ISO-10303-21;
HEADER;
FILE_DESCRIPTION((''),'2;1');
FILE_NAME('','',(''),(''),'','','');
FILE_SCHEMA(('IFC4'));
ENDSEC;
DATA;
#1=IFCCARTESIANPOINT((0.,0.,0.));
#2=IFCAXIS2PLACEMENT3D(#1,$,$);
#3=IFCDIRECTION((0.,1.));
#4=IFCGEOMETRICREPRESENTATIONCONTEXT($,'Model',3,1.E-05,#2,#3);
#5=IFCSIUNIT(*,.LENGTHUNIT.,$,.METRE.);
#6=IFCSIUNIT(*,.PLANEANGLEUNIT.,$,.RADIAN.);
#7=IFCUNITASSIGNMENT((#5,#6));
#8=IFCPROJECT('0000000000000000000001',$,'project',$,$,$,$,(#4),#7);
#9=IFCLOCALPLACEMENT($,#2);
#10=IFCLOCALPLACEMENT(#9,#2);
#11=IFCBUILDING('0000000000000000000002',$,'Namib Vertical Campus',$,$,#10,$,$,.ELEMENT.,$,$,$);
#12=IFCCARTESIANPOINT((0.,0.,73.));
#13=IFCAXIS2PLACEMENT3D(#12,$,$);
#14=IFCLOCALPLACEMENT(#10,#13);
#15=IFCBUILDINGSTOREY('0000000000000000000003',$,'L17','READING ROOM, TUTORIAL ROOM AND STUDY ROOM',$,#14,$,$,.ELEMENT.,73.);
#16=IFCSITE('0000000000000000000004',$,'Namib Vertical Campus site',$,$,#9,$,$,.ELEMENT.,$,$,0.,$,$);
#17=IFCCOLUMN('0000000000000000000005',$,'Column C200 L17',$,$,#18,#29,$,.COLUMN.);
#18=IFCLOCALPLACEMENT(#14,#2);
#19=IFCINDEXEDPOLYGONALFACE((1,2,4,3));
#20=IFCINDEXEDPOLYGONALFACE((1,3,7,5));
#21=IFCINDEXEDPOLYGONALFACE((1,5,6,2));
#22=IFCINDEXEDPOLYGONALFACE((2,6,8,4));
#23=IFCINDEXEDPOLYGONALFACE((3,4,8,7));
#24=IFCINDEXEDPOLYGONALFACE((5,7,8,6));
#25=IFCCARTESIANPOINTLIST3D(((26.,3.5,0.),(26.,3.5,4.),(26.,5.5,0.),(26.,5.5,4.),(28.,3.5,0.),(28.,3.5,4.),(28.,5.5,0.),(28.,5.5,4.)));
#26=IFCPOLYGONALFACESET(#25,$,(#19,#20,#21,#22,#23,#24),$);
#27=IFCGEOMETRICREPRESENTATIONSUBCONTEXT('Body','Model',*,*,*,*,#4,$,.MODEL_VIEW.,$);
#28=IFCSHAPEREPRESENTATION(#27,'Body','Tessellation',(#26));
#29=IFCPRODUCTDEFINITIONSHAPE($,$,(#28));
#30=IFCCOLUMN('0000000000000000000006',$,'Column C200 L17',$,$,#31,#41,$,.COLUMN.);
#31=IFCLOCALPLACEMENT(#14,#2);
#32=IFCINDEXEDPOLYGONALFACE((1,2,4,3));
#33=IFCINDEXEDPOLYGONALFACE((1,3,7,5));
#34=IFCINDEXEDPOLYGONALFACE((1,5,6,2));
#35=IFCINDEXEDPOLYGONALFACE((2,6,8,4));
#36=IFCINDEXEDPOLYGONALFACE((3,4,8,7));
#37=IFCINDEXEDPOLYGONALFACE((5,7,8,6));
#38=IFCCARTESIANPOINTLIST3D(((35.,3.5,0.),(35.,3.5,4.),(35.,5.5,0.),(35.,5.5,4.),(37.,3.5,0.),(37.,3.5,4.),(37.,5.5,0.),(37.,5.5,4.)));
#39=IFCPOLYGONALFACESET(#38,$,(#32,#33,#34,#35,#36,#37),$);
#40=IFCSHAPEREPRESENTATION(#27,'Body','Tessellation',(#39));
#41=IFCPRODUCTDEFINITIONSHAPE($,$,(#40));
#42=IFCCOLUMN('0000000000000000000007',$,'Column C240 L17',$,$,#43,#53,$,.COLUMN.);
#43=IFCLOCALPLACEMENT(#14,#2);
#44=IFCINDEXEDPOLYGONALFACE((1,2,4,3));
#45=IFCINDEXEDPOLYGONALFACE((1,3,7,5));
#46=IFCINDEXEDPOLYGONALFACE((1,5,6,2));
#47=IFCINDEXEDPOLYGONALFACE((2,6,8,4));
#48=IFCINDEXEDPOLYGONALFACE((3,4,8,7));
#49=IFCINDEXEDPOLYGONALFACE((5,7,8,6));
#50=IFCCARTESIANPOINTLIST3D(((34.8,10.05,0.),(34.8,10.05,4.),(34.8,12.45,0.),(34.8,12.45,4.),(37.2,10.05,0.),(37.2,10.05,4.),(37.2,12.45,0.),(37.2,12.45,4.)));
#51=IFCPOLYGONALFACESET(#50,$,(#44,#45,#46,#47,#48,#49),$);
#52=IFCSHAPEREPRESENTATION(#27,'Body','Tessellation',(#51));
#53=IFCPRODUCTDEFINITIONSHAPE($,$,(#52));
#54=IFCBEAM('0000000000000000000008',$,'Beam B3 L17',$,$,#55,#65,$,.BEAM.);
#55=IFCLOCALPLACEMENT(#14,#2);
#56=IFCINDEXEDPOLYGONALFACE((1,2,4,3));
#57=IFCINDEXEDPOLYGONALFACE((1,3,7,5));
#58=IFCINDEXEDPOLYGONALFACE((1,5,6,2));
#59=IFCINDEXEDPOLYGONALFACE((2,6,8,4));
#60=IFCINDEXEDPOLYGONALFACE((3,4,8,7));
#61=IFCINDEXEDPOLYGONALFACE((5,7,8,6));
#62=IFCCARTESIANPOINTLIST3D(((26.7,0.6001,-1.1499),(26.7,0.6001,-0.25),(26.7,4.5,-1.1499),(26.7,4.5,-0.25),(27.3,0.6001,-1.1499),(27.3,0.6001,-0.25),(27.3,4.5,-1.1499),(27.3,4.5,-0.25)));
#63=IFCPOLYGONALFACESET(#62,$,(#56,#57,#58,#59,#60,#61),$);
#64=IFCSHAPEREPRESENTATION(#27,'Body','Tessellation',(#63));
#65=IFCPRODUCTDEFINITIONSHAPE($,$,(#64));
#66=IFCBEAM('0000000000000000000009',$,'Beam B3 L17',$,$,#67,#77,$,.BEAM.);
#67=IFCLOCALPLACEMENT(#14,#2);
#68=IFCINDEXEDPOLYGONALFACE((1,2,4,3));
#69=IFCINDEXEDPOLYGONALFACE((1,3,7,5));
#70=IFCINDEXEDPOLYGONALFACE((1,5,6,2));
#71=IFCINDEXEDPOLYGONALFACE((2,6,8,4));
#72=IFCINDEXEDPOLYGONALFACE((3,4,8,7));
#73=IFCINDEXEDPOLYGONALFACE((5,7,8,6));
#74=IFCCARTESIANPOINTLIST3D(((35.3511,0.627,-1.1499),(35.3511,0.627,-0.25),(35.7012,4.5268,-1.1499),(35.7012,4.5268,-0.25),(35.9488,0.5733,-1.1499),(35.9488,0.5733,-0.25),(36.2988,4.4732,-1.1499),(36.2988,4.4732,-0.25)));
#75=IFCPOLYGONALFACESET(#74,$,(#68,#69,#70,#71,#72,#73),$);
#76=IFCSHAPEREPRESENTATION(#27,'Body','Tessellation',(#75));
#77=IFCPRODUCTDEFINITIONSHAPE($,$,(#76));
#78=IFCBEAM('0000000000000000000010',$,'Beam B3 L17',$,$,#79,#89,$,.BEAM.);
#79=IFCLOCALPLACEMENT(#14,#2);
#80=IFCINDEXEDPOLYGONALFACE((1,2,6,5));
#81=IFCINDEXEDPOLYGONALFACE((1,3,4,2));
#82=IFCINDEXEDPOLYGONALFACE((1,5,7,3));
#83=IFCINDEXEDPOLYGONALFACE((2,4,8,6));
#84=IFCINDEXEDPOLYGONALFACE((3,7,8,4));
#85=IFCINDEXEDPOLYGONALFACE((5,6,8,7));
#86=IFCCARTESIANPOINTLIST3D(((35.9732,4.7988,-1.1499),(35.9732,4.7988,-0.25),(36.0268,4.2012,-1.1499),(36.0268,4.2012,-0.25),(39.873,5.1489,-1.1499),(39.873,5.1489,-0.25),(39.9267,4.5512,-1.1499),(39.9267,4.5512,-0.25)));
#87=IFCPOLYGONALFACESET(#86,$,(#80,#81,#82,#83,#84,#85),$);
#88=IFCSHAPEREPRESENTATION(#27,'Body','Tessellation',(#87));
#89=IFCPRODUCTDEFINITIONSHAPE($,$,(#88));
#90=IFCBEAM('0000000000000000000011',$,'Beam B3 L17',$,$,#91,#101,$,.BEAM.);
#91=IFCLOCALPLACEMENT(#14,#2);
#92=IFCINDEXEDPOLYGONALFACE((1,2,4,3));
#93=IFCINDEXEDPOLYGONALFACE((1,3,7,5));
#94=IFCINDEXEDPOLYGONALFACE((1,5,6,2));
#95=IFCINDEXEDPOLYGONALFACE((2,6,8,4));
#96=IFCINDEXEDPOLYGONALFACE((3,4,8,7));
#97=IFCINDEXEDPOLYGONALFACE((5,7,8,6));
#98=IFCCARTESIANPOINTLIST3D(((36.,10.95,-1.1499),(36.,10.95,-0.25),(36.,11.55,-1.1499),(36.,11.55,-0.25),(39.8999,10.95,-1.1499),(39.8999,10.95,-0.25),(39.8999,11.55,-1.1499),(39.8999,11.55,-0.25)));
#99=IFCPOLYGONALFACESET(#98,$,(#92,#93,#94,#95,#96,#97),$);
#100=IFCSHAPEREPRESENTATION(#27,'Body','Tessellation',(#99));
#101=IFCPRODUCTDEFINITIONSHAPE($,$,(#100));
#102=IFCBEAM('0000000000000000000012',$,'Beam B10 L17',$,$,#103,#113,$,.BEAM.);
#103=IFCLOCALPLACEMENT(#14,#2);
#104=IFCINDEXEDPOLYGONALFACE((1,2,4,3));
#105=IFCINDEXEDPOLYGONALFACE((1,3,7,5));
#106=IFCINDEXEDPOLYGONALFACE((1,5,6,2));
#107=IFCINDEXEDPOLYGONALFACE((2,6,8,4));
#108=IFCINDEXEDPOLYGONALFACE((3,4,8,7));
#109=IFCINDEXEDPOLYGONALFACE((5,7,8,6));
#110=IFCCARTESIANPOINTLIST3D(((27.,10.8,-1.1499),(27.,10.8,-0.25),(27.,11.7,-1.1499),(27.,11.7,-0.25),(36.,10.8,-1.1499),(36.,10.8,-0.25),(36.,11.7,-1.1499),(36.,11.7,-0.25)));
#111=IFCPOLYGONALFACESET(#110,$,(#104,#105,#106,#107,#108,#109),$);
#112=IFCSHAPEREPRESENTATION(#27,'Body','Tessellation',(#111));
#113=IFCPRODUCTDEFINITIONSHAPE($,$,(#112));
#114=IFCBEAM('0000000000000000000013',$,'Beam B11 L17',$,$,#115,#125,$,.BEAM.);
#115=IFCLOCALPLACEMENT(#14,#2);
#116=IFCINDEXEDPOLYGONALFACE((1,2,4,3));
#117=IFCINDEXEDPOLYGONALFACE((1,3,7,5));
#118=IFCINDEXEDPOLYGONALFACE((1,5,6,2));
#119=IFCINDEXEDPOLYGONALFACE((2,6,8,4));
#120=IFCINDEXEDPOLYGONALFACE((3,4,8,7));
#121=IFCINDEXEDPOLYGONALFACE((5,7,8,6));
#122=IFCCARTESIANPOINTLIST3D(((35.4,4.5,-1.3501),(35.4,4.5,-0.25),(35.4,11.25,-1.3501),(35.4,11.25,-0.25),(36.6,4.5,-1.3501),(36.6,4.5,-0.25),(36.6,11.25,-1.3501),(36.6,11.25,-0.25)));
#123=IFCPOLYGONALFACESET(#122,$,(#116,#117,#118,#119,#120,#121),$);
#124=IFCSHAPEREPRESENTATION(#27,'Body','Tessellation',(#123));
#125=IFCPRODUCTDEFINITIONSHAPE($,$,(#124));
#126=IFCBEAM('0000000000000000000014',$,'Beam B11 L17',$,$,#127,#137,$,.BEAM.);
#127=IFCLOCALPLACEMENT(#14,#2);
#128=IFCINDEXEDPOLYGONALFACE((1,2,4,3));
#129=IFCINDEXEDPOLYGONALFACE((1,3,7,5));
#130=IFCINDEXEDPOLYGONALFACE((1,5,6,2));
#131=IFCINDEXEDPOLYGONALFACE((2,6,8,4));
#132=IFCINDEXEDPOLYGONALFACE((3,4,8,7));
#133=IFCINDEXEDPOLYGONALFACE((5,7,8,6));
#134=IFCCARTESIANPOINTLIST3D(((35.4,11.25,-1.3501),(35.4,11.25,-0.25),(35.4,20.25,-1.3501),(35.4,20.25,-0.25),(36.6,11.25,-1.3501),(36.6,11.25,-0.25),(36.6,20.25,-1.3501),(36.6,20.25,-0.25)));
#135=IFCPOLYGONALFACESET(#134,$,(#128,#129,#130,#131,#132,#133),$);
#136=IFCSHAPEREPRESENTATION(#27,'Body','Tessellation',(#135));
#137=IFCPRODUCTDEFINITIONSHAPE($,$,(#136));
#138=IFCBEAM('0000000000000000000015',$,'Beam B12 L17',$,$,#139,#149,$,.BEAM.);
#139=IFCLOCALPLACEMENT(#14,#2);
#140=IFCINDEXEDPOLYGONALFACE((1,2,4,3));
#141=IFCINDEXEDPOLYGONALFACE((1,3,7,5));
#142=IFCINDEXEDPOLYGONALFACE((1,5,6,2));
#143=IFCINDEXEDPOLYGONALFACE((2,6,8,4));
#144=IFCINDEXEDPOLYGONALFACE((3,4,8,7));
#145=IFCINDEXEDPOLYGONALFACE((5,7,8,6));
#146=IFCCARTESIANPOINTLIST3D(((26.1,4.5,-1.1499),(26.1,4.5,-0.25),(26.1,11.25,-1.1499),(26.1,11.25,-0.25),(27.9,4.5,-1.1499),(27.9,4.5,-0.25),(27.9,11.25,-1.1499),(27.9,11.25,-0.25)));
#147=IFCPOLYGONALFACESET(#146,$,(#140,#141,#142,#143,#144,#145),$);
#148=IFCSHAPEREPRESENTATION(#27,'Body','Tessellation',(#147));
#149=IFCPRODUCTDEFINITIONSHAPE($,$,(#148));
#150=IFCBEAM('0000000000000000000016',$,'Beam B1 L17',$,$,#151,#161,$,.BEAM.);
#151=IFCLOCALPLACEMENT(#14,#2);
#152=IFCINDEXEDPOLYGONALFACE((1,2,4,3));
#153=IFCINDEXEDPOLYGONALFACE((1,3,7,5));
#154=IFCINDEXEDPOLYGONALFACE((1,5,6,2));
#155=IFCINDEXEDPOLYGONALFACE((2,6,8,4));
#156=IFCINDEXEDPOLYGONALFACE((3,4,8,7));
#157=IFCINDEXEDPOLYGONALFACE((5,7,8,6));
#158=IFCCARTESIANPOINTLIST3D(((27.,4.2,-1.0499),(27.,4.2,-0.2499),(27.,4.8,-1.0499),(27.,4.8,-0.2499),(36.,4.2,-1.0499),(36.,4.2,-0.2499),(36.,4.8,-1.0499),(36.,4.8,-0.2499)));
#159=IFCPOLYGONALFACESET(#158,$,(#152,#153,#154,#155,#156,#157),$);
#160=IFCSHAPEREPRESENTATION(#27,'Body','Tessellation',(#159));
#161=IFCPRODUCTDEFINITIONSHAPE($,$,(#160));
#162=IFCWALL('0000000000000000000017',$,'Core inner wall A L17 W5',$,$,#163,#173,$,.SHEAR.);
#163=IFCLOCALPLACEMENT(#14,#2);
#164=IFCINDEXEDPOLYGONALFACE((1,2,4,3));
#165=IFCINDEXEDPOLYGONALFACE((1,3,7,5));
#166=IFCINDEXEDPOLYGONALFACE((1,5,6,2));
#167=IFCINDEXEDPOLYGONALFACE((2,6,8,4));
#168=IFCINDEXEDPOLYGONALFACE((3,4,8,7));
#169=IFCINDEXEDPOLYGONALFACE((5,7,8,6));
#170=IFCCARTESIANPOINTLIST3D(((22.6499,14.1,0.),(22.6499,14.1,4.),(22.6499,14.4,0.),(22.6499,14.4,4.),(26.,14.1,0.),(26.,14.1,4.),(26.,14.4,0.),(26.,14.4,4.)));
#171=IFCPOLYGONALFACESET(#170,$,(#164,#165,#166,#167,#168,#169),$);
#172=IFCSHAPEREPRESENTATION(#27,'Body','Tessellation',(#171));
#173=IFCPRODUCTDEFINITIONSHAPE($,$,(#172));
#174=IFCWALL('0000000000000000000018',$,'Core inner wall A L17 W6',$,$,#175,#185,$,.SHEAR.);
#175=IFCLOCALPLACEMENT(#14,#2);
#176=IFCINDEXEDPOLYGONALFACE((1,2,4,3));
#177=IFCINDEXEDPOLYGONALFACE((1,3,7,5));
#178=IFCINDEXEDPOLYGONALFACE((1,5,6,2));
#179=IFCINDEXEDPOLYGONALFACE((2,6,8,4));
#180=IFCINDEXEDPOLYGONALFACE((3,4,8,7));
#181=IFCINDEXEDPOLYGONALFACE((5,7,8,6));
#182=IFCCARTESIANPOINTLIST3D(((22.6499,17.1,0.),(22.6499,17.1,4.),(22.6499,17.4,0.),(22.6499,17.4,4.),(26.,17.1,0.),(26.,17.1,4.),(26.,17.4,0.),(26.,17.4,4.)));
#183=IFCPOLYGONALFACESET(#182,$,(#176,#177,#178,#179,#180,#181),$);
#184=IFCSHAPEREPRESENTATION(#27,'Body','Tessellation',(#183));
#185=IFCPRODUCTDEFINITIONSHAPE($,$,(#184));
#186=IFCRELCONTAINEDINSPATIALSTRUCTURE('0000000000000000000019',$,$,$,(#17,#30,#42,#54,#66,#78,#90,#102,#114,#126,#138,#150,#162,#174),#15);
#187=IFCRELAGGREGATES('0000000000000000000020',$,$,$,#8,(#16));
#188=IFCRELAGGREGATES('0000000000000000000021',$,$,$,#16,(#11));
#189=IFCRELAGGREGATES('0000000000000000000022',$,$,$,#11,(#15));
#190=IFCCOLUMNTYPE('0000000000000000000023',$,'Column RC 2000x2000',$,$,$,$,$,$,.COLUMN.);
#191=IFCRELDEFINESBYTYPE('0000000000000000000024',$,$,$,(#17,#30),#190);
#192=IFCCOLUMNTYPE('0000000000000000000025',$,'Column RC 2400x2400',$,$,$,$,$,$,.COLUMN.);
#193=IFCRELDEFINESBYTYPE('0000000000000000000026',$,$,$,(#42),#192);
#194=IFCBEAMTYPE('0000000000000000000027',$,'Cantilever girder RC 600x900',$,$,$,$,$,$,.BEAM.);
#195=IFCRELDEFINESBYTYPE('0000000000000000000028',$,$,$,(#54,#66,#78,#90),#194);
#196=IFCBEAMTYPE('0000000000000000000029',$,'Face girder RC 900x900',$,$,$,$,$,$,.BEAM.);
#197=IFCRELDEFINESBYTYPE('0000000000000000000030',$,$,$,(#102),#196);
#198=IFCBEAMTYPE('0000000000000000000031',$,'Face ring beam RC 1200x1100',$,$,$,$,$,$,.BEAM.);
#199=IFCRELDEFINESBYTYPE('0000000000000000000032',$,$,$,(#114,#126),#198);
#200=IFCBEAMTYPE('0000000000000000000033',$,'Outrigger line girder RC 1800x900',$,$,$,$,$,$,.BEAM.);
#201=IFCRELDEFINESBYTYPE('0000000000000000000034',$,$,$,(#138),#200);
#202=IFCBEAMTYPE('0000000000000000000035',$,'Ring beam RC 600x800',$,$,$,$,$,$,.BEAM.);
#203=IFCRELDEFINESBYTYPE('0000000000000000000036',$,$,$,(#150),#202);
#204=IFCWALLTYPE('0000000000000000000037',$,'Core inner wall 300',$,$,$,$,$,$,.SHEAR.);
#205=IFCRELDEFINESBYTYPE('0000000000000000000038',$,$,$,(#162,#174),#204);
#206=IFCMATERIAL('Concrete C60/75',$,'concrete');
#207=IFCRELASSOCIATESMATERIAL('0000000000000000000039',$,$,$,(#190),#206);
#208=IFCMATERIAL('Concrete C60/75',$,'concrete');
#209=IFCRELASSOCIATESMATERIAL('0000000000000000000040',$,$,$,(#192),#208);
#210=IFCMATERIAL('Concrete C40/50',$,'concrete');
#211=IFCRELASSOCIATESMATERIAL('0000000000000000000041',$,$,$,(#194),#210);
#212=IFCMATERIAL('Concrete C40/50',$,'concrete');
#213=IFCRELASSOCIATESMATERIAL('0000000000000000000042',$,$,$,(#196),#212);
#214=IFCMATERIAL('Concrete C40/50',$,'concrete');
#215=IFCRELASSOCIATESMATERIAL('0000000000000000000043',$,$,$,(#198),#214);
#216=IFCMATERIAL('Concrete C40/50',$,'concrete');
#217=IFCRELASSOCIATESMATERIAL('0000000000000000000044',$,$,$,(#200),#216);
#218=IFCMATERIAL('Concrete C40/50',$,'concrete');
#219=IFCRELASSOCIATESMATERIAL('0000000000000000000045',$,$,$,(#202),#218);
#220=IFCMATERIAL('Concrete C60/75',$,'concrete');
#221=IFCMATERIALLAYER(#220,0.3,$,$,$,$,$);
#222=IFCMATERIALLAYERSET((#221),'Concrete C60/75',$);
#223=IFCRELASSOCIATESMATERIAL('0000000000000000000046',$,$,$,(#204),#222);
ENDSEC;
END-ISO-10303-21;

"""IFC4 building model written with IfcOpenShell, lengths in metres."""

from ifc_helpers import new_model, si_unit, direction, frame, frame_2d, origin, origin_2d, place, context, subcontext, project, spatial, rectangle, extrude, material, layer, layer_set, material_profile, profile_set, type_object, element, save


model = new_model("IFC4")

# Units and contexts
model_context = context("Model", 3, precision=1e-05, world=origin(), true_north=direction((0.0, 1.0)))
body_context = subcontext(model_context, "Body", "Model", "MODEL_VIEW")
ifc_project = project(units=[si_unit("LENGTHUNIT", "METRE"), si_unit("PLANEANGLEUNIT", "RADIAN")], contexts=[model_context])

# Site, building, storey
site_placement = place(None, origin())
site = spatial("IfcSite", under=ifc_project, at=site_placement, Name="Namib Vertical Campus site", CompositionType="ELEMENT", RefElevation=0.0)
building_placement = place(site_placement, origin())
building = spatial("IfcBuilding", under=site, at=building_placement, Name="Namib Vertical Campus", CompositionType="ELEMENT")
storey_placement = place(building_placement, frame((0.0, 0.0, 73.0)))
storey = spatial("IfcBuildingStorey", under=building, at=storey_placement, Name="L17", Description="READING ROOM, TUTORIAL ROOM AND STUDY ROOM", CompositionType="ELEMENT", Elevation=73.0)

# Columns
ifc_material_1 = material(Name="Concrete C60/75", Category="concrete")
ifc_material_profile_1 = material_profile(ifc_material_1, rectangle(XDim=2.0, YDim=2.0, at=origin_2d()))
ifc_profile_set_1 = profile_set([ifc_material_profile_1], Name="Concrete C60/75")
column_type_1 = type_object("IfcColumnType", Name="Column RC 2000x2000", PredefinedType="COLUMN", material=ifc_profile_set_1)
for number, where, z_axis, x_axis, name in (
    (1, (27.0, 4.5, 0.0), (0.0, 0.0, 1.0), (1.0, 0.0, 0.0), "Column C200 L17"),
    (2, (36.0, 4.5, 0.0), (0.0, 0.0, 1.0), (1.0, 0.0, 0.0), "Column C200 L17"),
):
    element("IfcColumn", number, at=place(storey_placement, frame(where, z_axis=z_axis, x_axis=x_axis)), inside=storey, type_object=column_type_1, Name=name, PredefinedType="COLUMN", context=body_context, shape_type="SweptSolid", body=[
        extrude(rectangle(XDim=2.0, YDim=2.0, at=origin_2d()), origin(), (0.0, 0.0, 1.0), 4.0),
    ])
ifc_material_2 = material(Name="Concrete C60/75", Category="concrete")
ifc_material_profile_2 = material_profile(ifc_material_2, rectangle(XDim=2.3999, YDim=2.3999, at=origin_2d()))
ifc_profile_set_2 = profile_set([ifc_material_profile_2], Name="Concrete C60/75")
column_type_2 = type_object("IfcColumnType", Name="Column RC 2400x2400", PredefinedType="COLUMN", material=ifc_profile_set_2)
column_placement = place(storey_placement, frame((36.0, 11.25, 0.0), z_axis=(0.0, 0.0, 1.0), x_axis=(1.0, 0.0, 0.0)))
element("IfcColumn", 3, at=column_placement, inside=storey, type_object=column_type_2, Name="Column C240 L17", PredefinedType="COLUMN", context=body_context, shape_type="SweptSolid", body=[
    extrude(rectangle(XDim=2.3999, YDim=2.3999, at=origin_2d()), origin(), (0.0, 0.0, 1.0), 4.0),
])

# Beams
ifc_material_3 = material(Name="Concrete C40/50", Category="concrete")
ifc_material_profile_3 = material_profile(ifc_material_3, rectangle(XDim=0.6001, YDim=0.8999, at=origin_2d()))
ifc_profile_set_3 = profile_set([ifc_material_profile_3], Name="Concrete C40/50")
beam_type_1 = type_object("IfcBeamType", Name="Cantilever girder RC 600x900", PredefinedType="BEAM", material=ifc_profile_set_3)
beam_1_placement = place(storey_placement, frame((27.0, 4.5, -0.7), z_axis=(0.0, -1.0, 0.0), x_axis=(1.0, 0.0, 0.0)))
element("IfcBeam", 4, at=beam_1_placement, inside=storey, type_object=beam_type_1, Name="Beam B3 L17", PredefinedType="BEAM", context=body_context, shape_type="SweptSolid", body=[
    extrude(rectangle(XDim=0.6001, YDim=0.8999, at=origin_2d()), origin(), (0.0, 0.0, 1.0), 3.8999),
])
for number, where, z_axis, x_axis, name in (
    (5, (36.0, 4.5, -0.7), (-0.089411, -0.995995, 0.0), (0.995995, -0.089411, 0.0), "Beam B3 L17"),
    (6, (36.0, 4.5, -0.7), (0.995995, 0.089411, 0.0), (-0.089411, 0.995995, 0.0), "Beam B3 L17"),
):
    element("IfcBeam", number, at=place(storey_placement, frame(where, z_axis=z_axis, x_axis=x_axis)), inside=storey, type_object=beam_type_1, Name=name, PredefinedType="BEAM", context=body_context, shape_type="SweptSolid", body=[
        extrude(rectangle(XDim=0.6001, YDim=0.8999, at=origin_2d()), origin(), (0.0, 0.0, 1.0), 3.9155),
    ])
beam_2_placement = place(storey_placement, frame((36.0, 11.25, -0.7), z_axis=(1.0, 0.0, 0.0), x_axis=(0.0, 1.0, 0.0)))
element("IfcBeam", 7, at=beam_2_placement, inside=storey, type_object=beam_type_1, Name="Beam B3 L17", PredefinedType="BEAM", context=body_context, shape_type="SweptSolid", body=[
    extrude(rectangle(XDim=0.6001, YDim=0.8999, at=origin_2d()), origin(), (0.0, 0.0, 1.0), 3.8999),
])
ifc_material_4 = material(Name="Concrete C40/50", Category="concrete")
ifc_material_profile_4 = material_profile(ifc_material_4, rectangle(XDim=0.8999, YDim=0.8999, at=origin_2d()))
ifc_profile_set_4 = profile_set([ifc_material_profile_4], Name="Concrete C40/50")
beam_type_2 = type_object("IfcBeamType", Name="Face girder RC 900x900", PredefinedType="BEAM", material=ifc_profile_set_4)
beam_3_placement = place(storey_placement, frame((36.0, 11.25, -0.7), z_axis=(-1.0, 0.0, 0.0), x_axis=(0.0, -1.0, 0.0)))
element("IfcBeam", 8, at=beam_3_placement, inside=storey, type_object=beam_type_2, Name="Beam B10 L17", PredefinedType="BEAM", context=body_context, shape_type="SweptSolid", body=[
    extrude(rectangle(XDim=0.8999, YDim=0.8999, at=origin_2d()), origin(), (0.0, 0.0, 1.0), 9.0),
])
ifc_material_5 = material(Name="Concrete C40/50", Category="concrete")
ifc_material_profile_5 = material_profile(ifc_material_5, rectangle(XDim=1.2, YDim=1.1001, at=origin_2d()))
ifc_profile_set_5 = profile_set([ifc_material_profile_5], Name="Concrete C40/50")
beam_type_3 = type_object("IfcBeamType", Name="Face ring beam RC 1200x1100", PredefinedType="BEAM", material=ifc_profile_set_5)
beam_4_placement = place(storey_placement, frame((36.0, 4.5, -0.8), z_axis=(0.0, 1.0, 0.0), x_axis=(-1.0, 0.0, 0.0)))
element("IfcBeam", 9, at=beam_4_placement, inside=storey, type_object=beam_type_3, Name="Beam B11 L17", PredefinedType="BEAM", context=body_context, shape_type="SweptSolid", body=[
    extrude(rectangle(XDim=1.2, YDim=1.1001, at=origin_2d()), origin(), (0.0, 0.0, 1.0), 6.75),
])
beam_5_placement = place(storey_placement, frame((36.0, 11.25, -0.8), z_axis=(0.0, 1.0, 0.0), x_axis=(-1.0, 0.0, 0.0)))
element("IfcBeam", 10, at=beam_5_placement, inside=storey, type_object=beam_type_3, Name="Beam B11 L17", PredefinedType="BEAM", context=body_context, shape_type="SweptSolid", body=[
    extrude(rectangle(XDim=1.2, YDim=1.1001, at=origin_2d()), origin(), (0.0, 0.0, 1.0), 9.0),
])
ifc_material_6 = material(Name="Concrete C40/50", Category="concrete")
ifc_material_profile_6 = material_profile(ifc_material_6, rectangle(XDim=1.8, YDim=0.8999, at=origin_2d()))
ifc_profile_set_6 = profile_set([ifc_material_profile_6], Name="Concrete C40/50")
beam_type_4 = type_object("IfcBeamType", Name="Outrigger line girder RC 1800x900", PredefinedType="BEAM", material=ifc_profile_set_6)
beam_6_placement = place(storey_placement, frame((27.0, 4.5, -0.7), z_axis=(0.0, 1.0, 0.0), x_axis=(-1.0, 0.0, 0.0)))
element("IfcBeam", 11, at=beam_6_placement, inside=storey, type_object=beam_type_4, Name="Beam B12 L17", PredefinedType="BEAM", context=body_context, shape_type="SweptSolid", body=[
    extrude(rectangle(XDim=1.8, YDim=0.8999, at=origin_2d()), origin(), (0.0, 0.0, 1.0), 6.75),
])
ifc_material_7 = material(Name="Concrete C40/50", Category="concrete")
ifc_material_profile_7 = material_profile(ifc_material_7, rectangle(XDim=0.6001, YDim=0.8, at=origin_2d()))
ifc_profile_set_7 = profile_set([ifc_material_profile_7], Name="Concrete C40/50")
beam_type_5 = type_object("IfcBeamType", Name="Ring beam RC 600x800", PredefinedType="BEAM", material=ifc_profile_set_7)
beam_7_placement = place(storey_placement, frame((27.0, 4.5, -0.6499), z_axis=(1.0, 0.0, 0.0), x_axis=(0.0, 1.0, 0.0)))
element("IfcBeam", 12, at=beam_7_placement, inside=storey, type_object=beam_type_5, Name="Beam B1 L17", PredefinedType="BEAM", context=body_context, shape_type="SweptSolid", body=[
    extrude(rectangle(XDim=0.6001, YDim=0.8, at=origin_2d()), origin(), (0.0, 0.0, 1.0), 9.0),
])

# Walls
ifc_material_8 = material(Name="Concrete C60/75", Category="concrete")
ifc_layer_1 = layer(ifc_material_8, 0.3)
ifc_layer_set_1 = layer_set([ifc_layer_1], Name="Concrete C60/75")
wall_type_1 = type_object("IfcWallType", Name="Core inner wall 300", PredefinedType="SHEAR", material=ifc_layer_set_1)
for number, where, z_axis, x_axis, name in (
    (13, (22.6499, 14.25, 0.0), (0.0, 0.0, 1.0), (1.0, 0.0, 0.0), "Core inner wall A L17 W5"),
    (14, (22.6499, 17.25, 0.0), (0.0, 0.0, 1.0), (1.0, 0.0, 0.0), "Core inner wall A L17 W6"),
):
    element("IfcWall", number, at=place(storey_placement, frame(where, z_axis=z_axis, x_axis=x_axis)), inside=storey, type_object=wall_type_1, Name=name, PredefinedType="SHEAR", context=body_context, shape_type="SweptSolid", body=[
        extrude(rectangle(XDim=3.3501, YDim=0.3, at=frame_2d((1.675, 0.0))), origin(), (0.0, 0.0, 1.0), 4.0),
    ])

save(model, "model.ifc")
